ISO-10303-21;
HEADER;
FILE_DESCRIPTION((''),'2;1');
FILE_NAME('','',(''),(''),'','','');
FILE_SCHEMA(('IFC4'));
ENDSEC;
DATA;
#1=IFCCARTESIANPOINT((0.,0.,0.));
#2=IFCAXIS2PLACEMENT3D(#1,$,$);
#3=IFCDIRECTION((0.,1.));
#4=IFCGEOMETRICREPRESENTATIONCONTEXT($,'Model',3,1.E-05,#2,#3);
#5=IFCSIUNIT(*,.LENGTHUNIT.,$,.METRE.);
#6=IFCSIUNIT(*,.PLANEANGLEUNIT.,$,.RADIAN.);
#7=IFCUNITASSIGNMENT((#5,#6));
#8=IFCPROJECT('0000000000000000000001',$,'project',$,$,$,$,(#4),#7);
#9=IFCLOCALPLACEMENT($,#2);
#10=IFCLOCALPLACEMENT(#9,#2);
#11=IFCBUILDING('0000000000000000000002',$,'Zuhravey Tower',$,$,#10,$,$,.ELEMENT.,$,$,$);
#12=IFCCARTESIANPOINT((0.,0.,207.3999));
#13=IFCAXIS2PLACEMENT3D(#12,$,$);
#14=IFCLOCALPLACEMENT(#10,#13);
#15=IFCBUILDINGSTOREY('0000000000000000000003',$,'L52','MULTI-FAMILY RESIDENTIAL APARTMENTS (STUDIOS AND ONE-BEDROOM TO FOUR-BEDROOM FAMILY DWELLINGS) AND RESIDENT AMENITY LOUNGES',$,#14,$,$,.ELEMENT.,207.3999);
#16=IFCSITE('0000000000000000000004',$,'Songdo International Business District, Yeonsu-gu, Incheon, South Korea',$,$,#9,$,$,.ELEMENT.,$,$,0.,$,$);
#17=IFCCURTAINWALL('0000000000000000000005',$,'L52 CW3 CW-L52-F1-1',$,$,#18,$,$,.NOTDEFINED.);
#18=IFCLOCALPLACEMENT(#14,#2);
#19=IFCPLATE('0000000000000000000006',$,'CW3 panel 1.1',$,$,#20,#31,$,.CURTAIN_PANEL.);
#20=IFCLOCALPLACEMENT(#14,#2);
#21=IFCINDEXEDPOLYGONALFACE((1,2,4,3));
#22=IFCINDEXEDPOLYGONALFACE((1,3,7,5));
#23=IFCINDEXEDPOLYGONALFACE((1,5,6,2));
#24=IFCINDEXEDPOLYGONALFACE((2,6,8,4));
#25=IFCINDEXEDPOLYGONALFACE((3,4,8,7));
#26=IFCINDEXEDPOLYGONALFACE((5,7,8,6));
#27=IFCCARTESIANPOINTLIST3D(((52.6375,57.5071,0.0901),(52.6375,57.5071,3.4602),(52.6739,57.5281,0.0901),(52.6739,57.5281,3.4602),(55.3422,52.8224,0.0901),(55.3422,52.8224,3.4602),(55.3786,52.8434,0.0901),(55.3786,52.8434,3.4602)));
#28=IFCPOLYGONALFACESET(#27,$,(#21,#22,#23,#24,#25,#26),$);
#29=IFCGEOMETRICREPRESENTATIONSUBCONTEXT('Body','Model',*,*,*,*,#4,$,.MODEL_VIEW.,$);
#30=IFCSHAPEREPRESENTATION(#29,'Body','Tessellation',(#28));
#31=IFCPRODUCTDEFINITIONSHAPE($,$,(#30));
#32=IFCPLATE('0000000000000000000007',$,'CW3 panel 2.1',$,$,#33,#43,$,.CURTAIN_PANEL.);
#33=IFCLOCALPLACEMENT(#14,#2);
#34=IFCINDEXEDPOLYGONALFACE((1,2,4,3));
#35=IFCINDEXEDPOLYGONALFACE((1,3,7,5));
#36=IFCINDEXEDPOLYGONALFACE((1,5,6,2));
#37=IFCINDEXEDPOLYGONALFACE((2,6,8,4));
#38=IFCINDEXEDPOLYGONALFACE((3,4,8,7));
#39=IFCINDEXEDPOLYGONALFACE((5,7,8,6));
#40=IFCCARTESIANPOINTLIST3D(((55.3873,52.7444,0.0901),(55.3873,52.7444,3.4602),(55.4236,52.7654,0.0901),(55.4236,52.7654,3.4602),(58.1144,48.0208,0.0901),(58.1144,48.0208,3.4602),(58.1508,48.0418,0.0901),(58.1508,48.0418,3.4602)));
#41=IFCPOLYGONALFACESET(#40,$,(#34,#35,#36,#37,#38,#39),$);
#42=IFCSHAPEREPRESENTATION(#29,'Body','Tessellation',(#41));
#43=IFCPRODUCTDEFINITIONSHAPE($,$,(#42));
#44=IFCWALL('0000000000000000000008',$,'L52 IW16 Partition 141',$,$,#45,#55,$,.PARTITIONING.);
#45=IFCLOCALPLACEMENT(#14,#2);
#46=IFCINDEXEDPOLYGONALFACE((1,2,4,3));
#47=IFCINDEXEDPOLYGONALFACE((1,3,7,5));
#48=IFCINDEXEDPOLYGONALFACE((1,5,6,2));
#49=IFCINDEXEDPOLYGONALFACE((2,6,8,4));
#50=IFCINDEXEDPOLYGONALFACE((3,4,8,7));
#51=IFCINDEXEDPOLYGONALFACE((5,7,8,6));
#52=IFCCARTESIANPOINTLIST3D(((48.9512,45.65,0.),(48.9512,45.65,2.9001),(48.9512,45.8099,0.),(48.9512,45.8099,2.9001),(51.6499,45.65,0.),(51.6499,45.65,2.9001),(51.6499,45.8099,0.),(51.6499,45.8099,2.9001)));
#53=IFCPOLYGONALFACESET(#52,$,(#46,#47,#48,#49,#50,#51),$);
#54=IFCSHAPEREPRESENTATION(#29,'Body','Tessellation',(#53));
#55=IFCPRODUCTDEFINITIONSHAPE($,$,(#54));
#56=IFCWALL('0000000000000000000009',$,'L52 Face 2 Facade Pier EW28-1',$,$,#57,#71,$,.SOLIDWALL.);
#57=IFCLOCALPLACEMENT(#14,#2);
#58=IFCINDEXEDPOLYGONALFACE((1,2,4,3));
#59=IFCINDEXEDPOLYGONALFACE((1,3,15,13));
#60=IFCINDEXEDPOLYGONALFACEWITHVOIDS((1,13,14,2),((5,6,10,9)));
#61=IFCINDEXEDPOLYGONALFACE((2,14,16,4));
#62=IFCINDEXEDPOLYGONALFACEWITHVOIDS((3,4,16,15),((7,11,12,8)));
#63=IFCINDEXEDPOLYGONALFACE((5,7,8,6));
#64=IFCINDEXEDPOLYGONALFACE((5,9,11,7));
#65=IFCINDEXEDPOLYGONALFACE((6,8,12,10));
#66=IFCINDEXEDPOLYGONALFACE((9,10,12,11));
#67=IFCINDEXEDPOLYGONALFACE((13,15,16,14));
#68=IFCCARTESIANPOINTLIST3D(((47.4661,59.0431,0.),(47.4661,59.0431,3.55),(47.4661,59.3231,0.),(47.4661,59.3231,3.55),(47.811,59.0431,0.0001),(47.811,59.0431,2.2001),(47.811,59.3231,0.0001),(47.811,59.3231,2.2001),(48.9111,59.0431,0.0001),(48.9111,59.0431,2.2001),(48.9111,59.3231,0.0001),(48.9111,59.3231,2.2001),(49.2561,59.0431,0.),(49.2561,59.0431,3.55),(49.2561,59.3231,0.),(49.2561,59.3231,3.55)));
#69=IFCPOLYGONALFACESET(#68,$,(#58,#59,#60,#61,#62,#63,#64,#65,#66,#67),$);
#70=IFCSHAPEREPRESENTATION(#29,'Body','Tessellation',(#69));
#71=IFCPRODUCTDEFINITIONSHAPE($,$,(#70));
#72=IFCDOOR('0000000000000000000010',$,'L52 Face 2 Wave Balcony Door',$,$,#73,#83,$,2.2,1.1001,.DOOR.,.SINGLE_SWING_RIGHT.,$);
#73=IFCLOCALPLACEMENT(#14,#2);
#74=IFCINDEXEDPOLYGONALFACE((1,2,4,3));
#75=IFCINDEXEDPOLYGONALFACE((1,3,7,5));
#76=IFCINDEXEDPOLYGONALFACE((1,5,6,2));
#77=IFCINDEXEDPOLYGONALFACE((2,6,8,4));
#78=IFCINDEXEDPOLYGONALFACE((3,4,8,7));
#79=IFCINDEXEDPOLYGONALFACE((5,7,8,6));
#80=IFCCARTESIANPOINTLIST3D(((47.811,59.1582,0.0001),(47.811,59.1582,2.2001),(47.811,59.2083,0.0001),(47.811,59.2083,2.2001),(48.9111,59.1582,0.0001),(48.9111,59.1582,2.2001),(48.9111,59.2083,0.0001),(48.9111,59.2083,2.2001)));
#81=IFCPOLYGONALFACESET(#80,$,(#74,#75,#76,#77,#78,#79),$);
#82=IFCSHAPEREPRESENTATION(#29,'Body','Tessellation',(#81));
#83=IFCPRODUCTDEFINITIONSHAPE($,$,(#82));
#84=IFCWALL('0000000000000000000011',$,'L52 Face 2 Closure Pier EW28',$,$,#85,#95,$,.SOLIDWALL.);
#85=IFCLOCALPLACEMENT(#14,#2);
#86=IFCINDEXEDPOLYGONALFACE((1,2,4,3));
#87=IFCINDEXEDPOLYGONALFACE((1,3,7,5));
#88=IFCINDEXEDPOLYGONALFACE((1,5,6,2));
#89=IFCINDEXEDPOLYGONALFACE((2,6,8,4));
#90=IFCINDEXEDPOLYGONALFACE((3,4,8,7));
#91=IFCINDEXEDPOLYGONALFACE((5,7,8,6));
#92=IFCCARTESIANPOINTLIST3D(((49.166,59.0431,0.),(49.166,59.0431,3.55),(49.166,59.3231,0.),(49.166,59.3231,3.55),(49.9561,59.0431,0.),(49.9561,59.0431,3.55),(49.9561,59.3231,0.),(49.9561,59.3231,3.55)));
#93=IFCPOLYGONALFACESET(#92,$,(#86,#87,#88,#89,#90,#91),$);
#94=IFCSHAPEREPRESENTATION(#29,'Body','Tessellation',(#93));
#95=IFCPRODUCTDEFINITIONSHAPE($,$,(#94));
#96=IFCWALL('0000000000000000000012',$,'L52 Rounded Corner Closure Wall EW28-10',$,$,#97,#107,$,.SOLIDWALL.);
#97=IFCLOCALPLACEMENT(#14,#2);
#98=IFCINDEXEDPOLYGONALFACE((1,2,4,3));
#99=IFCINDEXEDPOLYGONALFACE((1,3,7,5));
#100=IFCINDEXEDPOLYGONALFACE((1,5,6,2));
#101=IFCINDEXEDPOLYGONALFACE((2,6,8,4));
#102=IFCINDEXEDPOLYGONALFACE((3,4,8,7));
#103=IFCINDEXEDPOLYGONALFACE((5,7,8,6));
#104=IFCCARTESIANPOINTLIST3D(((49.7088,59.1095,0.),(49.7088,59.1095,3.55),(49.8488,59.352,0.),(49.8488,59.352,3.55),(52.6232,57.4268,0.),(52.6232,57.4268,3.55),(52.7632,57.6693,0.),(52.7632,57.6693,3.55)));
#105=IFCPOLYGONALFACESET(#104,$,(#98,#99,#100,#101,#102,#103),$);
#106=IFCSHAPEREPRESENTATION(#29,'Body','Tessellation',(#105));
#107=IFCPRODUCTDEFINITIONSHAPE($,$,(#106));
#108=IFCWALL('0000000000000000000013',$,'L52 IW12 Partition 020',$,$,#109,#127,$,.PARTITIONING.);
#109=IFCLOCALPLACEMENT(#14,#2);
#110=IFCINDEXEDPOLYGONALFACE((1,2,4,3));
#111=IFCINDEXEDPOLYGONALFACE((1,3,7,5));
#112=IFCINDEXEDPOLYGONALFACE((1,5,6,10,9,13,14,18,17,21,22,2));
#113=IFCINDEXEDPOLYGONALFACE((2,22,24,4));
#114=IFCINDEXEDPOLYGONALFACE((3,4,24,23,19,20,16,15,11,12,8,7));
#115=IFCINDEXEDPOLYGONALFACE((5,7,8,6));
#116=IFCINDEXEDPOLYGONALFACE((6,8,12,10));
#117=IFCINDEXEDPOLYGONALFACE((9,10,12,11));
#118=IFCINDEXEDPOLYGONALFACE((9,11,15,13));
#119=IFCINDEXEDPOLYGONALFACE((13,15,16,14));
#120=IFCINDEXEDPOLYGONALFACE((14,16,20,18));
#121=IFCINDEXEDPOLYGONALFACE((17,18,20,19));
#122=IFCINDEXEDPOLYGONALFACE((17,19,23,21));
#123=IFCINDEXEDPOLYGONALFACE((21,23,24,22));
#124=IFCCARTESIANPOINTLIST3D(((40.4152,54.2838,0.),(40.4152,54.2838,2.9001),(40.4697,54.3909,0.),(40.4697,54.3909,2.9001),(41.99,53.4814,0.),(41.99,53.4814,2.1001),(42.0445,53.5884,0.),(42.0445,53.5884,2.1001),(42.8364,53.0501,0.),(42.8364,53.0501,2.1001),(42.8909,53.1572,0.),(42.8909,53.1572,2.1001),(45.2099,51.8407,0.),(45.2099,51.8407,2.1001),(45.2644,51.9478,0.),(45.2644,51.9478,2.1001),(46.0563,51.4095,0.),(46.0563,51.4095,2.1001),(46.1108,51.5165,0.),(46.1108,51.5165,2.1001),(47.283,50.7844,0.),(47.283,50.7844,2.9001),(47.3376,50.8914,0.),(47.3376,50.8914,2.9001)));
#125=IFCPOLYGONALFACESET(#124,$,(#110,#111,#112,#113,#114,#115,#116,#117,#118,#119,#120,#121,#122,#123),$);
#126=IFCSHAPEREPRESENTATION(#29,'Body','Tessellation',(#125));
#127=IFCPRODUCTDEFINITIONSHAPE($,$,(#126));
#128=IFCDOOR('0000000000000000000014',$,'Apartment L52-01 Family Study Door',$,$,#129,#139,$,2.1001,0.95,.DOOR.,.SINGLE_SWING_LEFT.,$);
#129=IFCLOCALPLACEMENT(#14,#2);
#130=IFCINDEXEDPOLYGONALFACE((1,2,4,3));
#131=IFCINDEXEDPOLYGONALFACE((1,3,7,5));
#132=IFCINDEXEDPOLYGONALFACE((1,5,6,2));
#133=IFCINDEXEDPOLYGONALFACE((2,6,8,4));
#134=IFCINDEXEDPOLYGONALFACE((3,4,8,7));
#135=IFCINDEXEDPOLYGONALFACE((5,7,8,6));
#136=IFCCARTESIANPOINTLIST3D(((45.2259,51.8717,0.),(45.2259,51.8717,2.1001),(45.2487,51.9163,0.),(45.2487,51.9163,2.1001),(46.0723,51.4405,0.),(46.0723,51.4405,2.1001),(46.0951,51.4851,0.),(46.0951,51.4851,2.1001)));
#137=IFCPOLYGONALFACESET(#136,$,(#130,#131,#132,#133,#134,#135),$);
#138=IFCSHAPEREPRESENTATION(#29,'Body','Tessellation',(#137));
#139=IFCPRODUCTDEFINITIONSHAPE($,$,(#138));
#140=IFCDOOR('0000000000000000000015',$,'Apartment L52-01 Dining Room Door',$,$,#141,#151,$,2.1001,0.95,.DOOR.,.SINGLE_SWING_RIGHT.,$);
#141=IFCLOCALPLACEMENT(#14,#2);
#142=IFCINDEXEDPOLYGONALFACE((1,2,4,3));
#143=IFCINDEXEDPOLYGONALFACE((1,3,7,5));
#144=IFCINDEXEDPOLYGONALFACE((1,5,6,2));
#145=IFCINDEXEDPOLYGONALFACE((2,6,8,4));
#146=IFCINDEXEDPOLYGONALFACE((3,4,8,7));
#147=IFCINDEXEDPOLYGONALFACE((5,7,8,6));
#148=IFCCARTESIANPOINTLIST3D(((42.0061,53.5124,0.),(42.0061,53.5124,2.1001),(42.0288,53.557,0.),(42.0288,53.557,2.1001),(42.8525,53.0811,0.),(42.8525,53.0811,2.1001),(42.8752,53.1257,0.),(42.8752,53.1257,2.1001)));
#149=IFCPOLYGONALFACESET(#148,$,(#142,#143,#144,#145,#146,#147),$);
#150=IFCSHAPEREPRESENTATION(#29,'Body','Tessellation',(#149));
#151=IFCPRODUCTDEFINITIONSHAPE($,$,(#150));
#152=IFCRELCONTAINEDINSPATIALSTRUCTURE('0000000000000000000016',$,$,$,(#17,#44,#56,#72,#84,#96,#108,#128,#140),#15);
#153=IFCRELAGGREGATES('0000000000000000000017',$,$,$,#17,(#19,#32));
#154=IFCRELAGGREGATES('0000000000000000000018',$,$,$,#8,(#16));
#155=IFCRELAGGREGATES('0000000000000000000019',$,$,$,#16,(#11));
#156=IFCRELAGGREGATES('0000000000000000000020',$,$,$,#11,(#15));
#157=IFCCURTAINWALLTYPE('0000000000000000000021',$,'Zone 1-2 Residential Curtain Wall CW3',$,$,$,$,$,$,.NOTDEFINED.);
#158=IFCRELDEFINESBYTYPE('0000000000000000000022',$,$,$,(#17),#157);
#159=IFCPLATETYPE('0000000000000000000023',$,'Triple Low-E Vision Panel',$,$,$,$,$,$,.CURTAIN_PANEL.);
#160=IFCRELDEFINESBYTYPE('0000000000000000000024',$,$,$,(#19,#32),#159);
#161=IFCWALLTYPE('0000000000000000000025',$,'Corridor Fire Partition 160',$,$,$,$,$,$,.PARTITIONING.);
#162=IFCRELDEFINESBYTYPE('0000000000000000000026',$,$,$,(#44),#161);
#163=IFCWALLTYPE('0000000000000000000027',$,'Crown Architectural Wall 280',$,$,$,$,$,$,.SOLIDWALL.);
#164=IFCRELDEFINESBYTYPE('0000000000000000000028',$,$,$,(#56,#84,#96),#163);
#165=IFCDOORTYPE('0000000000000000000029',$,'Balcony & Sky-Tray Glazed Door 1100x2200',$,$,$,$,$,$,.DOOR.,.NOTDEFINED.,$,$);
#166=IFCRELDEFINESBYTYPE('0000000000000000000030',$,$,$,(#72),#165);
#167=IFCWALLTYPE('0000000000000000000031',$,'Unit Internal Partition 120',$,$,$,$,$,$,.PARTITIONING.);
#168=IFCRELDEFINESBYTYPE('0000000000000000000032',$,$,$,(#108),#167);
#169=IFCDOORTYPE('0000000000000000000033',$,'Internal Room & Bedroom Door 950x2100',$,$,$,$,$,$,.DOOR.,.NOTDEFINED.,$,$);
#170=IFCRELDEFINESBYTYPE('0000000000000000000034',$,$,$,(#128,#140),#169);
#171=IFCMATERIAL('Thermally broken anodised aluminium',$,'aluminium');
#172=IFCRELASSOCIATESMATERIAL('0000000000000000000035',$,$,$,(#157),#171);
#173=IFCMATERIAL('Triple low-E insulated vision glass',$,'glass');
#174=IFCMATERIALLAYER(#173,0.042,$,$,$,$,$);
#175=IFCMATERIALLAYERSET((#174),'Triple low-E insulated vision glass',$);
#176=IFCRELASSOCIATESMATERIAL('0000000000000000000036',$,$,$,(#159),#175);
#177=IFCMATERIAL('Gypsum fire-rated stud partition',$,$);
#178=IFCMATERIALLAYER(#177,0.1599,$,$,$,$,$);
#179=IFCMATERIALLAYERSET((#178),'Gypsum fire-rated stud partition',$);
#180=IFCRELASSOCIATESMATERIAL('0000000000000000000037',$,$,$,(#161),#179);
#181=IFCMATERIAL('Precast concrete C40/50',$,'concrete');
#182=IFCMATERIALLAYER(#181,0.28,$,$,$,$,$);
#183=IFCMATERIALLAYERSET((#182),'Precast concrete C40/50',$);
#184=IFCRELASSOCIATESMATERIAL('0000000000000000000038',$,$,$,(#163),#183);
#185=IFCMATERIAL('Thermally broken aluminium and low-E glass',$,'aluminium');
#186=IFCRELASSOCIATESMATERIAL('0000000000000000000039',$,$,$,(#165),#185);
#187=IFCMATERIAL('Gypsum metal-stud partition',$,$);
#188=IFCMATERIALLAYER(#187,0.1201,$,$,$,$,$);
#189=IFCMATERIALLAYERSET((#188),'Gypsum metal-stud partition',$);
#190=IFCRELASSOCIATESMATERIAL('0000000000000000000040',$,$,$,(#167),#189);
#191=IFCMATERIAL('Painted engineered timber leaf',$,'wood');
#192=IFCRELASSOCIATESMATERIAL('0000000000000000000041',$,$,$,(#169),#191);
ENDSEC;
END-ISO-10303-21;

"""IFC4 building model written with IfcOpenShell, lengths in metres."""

from ifc_helpers import new_model, si_unit, direction, frame, frame_2d, origin, origin_2d, place, context, subcontext, project, spatial, rectangle, extrude, material, layer, layer_set, type_object, element, fill, aggregate, save


model = new_model("IFC4")

# Units and contexts
model_context = context("Model", 3, precision=1e-05, world=origin(), true_north=direction((0.0, 1.0)))
body_context = subcontext(model_context, "Body", "Model", "MODEL_VIEW")
ifc_project = project(units=[si_unit("LENGTHUNIT", "METRE"), si_unit("PLANEANGLEUNIT", "RADIAN")], contexts=[model_context])

# Site, building, storey
site_placement = place(None, origin())
site = spatial("IfcSite", under=ifc_project, at=site_placement, Name="Songdo International Business District, Yeonsu-gu, Incheon, South Korea", CompositionType="ELEMENT", RefElevation=0.0)
building_placement = place(site_placement, origin())
building = spatial("IfcBuilding", under=site, at=building_placement, Name="Zuhravey Tower", CompositionType="ELEMENT")
storey_placement = place(building_placement, frame((0.0, 0.0, 207.3999)))
storey = spatial("IfcBuildingStorey", under=building, at=storey_placement, Name="L52", Description="MULTI-FAMILY RESIDENTIAL APARTMENTS (STUDIOS AND ONE-BEDROOM TO FOUR-BEDROOM FAMILY DWELLINGS) AND RESIDENT AMENITY LOUNGES", CompositionType="ELEMENT", Elevation=207.3999)

# Shared definitions
ifc_material_1 = material(Name="Thermally broken anodised aluminium", Category="aluminium")
curtain_wall_type = type_object("IfcCurtainWallType", Name="Zone 1-2 Residential Curtain Wall CW3", PredefinedType="NOTDEFINED", material=ifc_material_1)

# Curtain wall
curtain_wall_1_placement = place(storey_placement, origin())
curtain_wall_1 = element("IfcCurtainWall", 1, at=curtain_wall_1_placement, inside=storey, type_object=curtain_wall_type, Name="L52 CW3 CW-L52-F1-1", PredefinedType="NOTDEFINED")

# Plates
ifc_material_2 = material(Name="Triple low-E insulated vision glass", Category="glass")
ifc_layer_1 = layer(ifc_material_2, 0.042)
ifc_layer_set_1 = layer_set([ifc_layer_1], Name="Triple low-E insulated vision glass")
plate_type_1 = type_object("IfcPlateType", Name="Triple Low-E Vision Panel", PredefinedType="CURTAIN_PANEL", material=ifc_layer_set_1)
plate_1_placement = place(storey_placement, frame((54.0081, 55.1753, 0.0901), z_axis=(0.0, 0.0, 1.0), x_axis=(0.5, -0.866025, 0.0)))
plate_1 = element("IfcPlate", 2, at=plate_1_placement, type_object=plate_type_1, Name="CW3 panel 1.1", PredefinedType="CURTAIN_PANEL", context=body_context, shape_type="SweptSolid", body=[
    extrude(rectangle(XDim=5.4094, YDim=0.042, at=origin_2d()), origin(), (0.0, 0.0, 1.0), 3.3701),
])
plate_2_placement = place(storey_placement, frame((56.769, 50.3931, 0.0901), z_axis=(0.0, 0.0, 1.0), x_axis=(0.5, -0.866025, 0.0)))
plate_2 = element("IfcPlate", 3, at=plate_2_placement, type_object=plate_type_1, Name="CW3 panel 2.1", PredefinedType="CURTAIN_PANEL", context=body_context, shape_type="SweptSolid", body=[
    extrude(rectangle(XDim=5.4543, YDim=0.042, at=origin_2d()), origin(), (0.0, 0.0, 1.0), 3.3701),
])
aggregate(curtain_wall_1, [plate_1, plate_2])

# Wall
ifc_material_3 = material(Name="Gypsum fire-rated stud partition")
ifc_layer_2 = layer(ifc_material_3, 0.1599)
ifc_layer_set_2 = layer_set([ifc_layer_2], Name="Gypsum fire-rated stud partition")
wall_type_1 = type_object("IfcWallType", Name="Corridor Fire Partition 160", PredefinedType="PARTITIONING", material=ifc_layer_set_2)
wall_1_placement = place(storey_placement, frame((51.6499, 45.73, 0.0), z_axis=(0.0, 0.0, 1.0), x_axis=(-1.0, 0.0, 0.0)))
element("IfcWall", 4, at=wall_1_placement, inside=storey, type_object=wall_type_1, Name="L52 IW16 Partition 141", PredefinedType="PARTITIONING", context=body_context, shape_type="SweptSolid", body=[
    extrude(rectangle(XDim=2.6987, YDim=0.1599, at=frame_2d((1.3494, 0.0))), origin(), (0.0, 0.0, 1.0), 2.9001),
])

# Wall, opening, door
ifc_material_4 = material(Name="Precast concrete C40/50", Category="concrete")
ifc_layer_3 = layer(ifc_material_4, 0.28)
ifc_layer_set_3 = layer_set([ifc_layer_3], Name="Precast concrete C40/50")
wall_type_2 = type_object("IfcWallType", Name="Crown Architectural Wall 280", PredefinedType="SOLIDWALL", material=ifc_layer_set_3)
wall_2_placement = place(storey_placement, frame((47.4661, 59.1831, 0.0), z_axis=(0.0, 0.0, 1.0), x_axis=(1.0, 0.0, 0.0)))
wall_2 = element("IfcWall", 5, at=wall_2_placement, inside=storey, type_object=wall_type_2, Name="L52 Face 2 Facade Pier EW28-1", PredefinedType="SOLIDWALL", context=body_context, shape_type="SweptSolid", body=[
    extrude(rectangle(XDim=1.79, YDim=0.28, at=frame_2d((0.895, 0.0))), origin(), (0.0, 0.0, 1.0), 3.55),
])
opening_1_placement = place(wall_2_placement, frame((0.345, 0.0, 0.0)))
opening_1 = element("IfcOpeningElement", 6, at=opening_1_placement, cuts=wall_2, PredefinedType="OPENING", context=body_context, shape_type="SweptSolid", body=[
    extrude(rectangle(XDim=1.1001, YDim=2.2, at=frame_2d((0.55, 1.1001))), frame((0.0, 0.1521, 0.0), z_axis=(0.0, -1.0, 0.0), x_axis=(1.0, 0.0, 0.0)), (0.0, 0.0, 1.0), 0.304),
])
ifc_material_5 = material(Name="Thermally broken aluminium and low-E glass", Category="aluminium")
door_type_1 = type_object("IfcDoorType", Name="Balcony & Sky-Tray Glazed Door 1100x2200", OperationType="NOTDEFINED", PredefinedType="DOOR", material=ifc_material_5)
door_1_placement = place(opening_1_placement, frame((1.1001, 0.0, 0.0), z_axis=(0.0, 0.0, 1.0), x_axis=(-1.0, 0.0, 0.0)))
door_1 = element("IfcDoor", 7, at=door_1_placement, inside=storey, type_object=door_type_1, Name="L52 Face 2 Wave Balcony Door", OperationType="SINGLE_SWING_RIGHT", OverallHeight=2.2, OverallWidth=1.1001, PredefinedType="DOOR", context=body_context, shape_type="SweptSolid", body=[
    extrude(rectangle(XDim=1.1001, YDim=2.2, at=frame_2d((0.55, 1.1001))), frame((0.0, 0.0249, 0.0), z_axis=(0.0, -1.0, 0.0), x_axis=(1.0, 0.0, 0.0)), (0.0, 0.0, 1.0), 0.05),
])
fill(opening_1, door_1)

# Walls
wall_3_placement = place(storey_placement, frame((49.166, 59.1831, 0.0), z_axis=(0.0, 0.0, 1.0), x_axis=(1.0, 0.0, 0.0)))
element("IfcWall", 8, at=wall_3_placement, inside=storey, type_object=wall_type_2, Name="L52 Face 2 Closure Pier EW28", PredefinedType="SOLIDWALL", context=body_context, shape_type="SweptSolid", body=[
    extrude(rectangle(XDim=0.79, YDim=0.28, at=frame_2d((0.395, 0.0))), origin(), (0.0, 0.0, 1.0), 3.55),
])
wall_4_placement = place(storey_placement, frame((49.7788, 59.2307, 0.0), z_axis=(0.0, 0.0, 1.0), x_axis=(0.86602, -0.500009, 0.0)))
element("IfcWall", 9, at=wall_4_placement, inside=storey, type_object=wall_type_2, Name="L52 Rounded Corner Closure Wall EW28-10", PredefinedType="SOLIDWALL", context=body_context, shape_type="SweptSolid", body=[
    extrude(rectangle(XDim=3.3652, YDim=0.28, at=frame_2d((1.6826, 0.0))), origin(), (0.0, 0.0, 1.0), 3.55),
])

# Wall, openings, doors
ifc_material_6 = material(Name="Gypsum metal-stud partition")
ifc_layer_4 = layer(ifc_material_6, 0.1201)
ifc_layer_set_4 = layer_set([ifc_layer_4], Name="Gypsum metal-stud partition")
wall_type_3 = type_object("IfcWallType", Name="Unit Internal Partition 120", PredefinedType="PARTITIONING", material=ifc_layer_set_4)
wall_5_placement = place(storey_placement, frame((47.3103, 50.8379, 0.0), z_axis=(0.0, 0.0, 1.0), x_axis=(-0.891, 0.454004, 0.0)))
wall_5 = element("IfcWall", 10, at=wall_5_placement, inside=storey, type_object=wall_type_3, Name="L52 IW12 Partition 020", PredefinedType="PARTITIONING", context=body_context, shape_type="SweptSolid", body=[
    extrude(rectangle(XDim=7.708, YDim=0.1201, at=frame_2d((3.854, 0.0))), origin(), (0.0, 0.0, 1.0), 2.9001),
])
opening_2_placement = place(wall_5_placement, frame((1.3767, 0.0, 0.0)))
opening_2 = element("IfcOpeningElement", 11, at=opening_2_placement, cuts=wall_5, PredefinedType="OPENING", context=body_context, shape_type="SweptSolid", body=[
    extrude(rectangle(XDim=0.95, YDim=2.1001, at=frame_2d((0.4751, 1.05))), frame((0.0, 0.072, 0.0), z_axis=(0.0, -1.0, 0.0), x_axis=(1.0, 0.0, 0.0)), (0.0, 0.0, 1.0), 0.144),
])
opening_3_placement = place(wall_5_placement, frame((4.9905, 0.0, 0.0)))
opening_3 = element("IfcOpeningElement", 12, at=opening_3_placement, cuts=wall_5, PredefinedType="OPENING", context=body_context, shape_type="SweptSolid", body=[
    extrude(rectangle(XDim=0.95, YDim=2.1001, at=frame_2d((0.4751, 1.05))), frame((0.0, 0.072, 0.0), z_axis=(0.0, -1.0, 0.0), x_axis=(1.0, 0.0, 0.0)), (0.0, 0.0, 1.0), 0.144),
])
ifc_material_7 = material(Name="Painted engineered timber leaf", Category="wood")
door_type_2 = type_object("IfcDoorType", Name="Internal Room & Bedroom Door 950x2100", OperationType="NOTDEFINED", PredefinedType="DOOR", material=ifc_material_7)
door_2_placement = place(opening_2_placement, frame((0.95, 0.0, 0.0), z_axis=(0.0, 0.0, 1.0), x_axis=(-1.0, 0.0, 0.0)))
door_2 = element("IfcDoor", 13, at=door_2_placement, inside=storey, type_object=door_type_2, Name="Apartment L52-01 Family Study Door", OperationType="SINGLE_SWING_LEFT", OverallHeight=2.1001, OverallWidth=0.95, PredefinedType="DOOR", context=body_context, shape_type="SweptSolid", body=[
    extrude(rectangle(XDim=0.95, YDim=2.1001, at=frame_2d((0.4751, 1.05))), frame((0.0, 0.0249, 0.0), z_axis=(0.0, -1.0, 0.0), x_axis=(1.0, 0.0, 0.0)), (0.0, 0.0, 1.0), 0.05),
])
fill(opening_2, door_2)
door_3_placement = place(opening_3_placement, frame((0.95, 0.0, 0.0), z_axis=(0.0, 0.0, 1.0), x_axis=(-1.0, 0.0, 0.0)))
door_3 = element("IfcDoor", 14, at=door_3_placement, inside=storey, type_object=door_type_2, Name="Apartment L52-01 Dining Room Door", OperationType="SINGLE_SWING_RIGHT", OverallHeight=2.1001, OverallWidth=0.95, PredefinedType="DOOR", context=body_context, shape_type="SweptSolid", body=[
    extrude(rectangle(XDim=0.95, YDim=2.1001, at=frame_2d((0.4751, 1.05))), frame((0.0, 0.0249, 0.0), z_axis=(0.0, -1.0, 0.0), x_axis=(1.0, 0.0, 0.0)), (0.0, 0.0, 1.0), 0.05),
])
fill(opening_3, door_3)

save(model, "model.ifc")
